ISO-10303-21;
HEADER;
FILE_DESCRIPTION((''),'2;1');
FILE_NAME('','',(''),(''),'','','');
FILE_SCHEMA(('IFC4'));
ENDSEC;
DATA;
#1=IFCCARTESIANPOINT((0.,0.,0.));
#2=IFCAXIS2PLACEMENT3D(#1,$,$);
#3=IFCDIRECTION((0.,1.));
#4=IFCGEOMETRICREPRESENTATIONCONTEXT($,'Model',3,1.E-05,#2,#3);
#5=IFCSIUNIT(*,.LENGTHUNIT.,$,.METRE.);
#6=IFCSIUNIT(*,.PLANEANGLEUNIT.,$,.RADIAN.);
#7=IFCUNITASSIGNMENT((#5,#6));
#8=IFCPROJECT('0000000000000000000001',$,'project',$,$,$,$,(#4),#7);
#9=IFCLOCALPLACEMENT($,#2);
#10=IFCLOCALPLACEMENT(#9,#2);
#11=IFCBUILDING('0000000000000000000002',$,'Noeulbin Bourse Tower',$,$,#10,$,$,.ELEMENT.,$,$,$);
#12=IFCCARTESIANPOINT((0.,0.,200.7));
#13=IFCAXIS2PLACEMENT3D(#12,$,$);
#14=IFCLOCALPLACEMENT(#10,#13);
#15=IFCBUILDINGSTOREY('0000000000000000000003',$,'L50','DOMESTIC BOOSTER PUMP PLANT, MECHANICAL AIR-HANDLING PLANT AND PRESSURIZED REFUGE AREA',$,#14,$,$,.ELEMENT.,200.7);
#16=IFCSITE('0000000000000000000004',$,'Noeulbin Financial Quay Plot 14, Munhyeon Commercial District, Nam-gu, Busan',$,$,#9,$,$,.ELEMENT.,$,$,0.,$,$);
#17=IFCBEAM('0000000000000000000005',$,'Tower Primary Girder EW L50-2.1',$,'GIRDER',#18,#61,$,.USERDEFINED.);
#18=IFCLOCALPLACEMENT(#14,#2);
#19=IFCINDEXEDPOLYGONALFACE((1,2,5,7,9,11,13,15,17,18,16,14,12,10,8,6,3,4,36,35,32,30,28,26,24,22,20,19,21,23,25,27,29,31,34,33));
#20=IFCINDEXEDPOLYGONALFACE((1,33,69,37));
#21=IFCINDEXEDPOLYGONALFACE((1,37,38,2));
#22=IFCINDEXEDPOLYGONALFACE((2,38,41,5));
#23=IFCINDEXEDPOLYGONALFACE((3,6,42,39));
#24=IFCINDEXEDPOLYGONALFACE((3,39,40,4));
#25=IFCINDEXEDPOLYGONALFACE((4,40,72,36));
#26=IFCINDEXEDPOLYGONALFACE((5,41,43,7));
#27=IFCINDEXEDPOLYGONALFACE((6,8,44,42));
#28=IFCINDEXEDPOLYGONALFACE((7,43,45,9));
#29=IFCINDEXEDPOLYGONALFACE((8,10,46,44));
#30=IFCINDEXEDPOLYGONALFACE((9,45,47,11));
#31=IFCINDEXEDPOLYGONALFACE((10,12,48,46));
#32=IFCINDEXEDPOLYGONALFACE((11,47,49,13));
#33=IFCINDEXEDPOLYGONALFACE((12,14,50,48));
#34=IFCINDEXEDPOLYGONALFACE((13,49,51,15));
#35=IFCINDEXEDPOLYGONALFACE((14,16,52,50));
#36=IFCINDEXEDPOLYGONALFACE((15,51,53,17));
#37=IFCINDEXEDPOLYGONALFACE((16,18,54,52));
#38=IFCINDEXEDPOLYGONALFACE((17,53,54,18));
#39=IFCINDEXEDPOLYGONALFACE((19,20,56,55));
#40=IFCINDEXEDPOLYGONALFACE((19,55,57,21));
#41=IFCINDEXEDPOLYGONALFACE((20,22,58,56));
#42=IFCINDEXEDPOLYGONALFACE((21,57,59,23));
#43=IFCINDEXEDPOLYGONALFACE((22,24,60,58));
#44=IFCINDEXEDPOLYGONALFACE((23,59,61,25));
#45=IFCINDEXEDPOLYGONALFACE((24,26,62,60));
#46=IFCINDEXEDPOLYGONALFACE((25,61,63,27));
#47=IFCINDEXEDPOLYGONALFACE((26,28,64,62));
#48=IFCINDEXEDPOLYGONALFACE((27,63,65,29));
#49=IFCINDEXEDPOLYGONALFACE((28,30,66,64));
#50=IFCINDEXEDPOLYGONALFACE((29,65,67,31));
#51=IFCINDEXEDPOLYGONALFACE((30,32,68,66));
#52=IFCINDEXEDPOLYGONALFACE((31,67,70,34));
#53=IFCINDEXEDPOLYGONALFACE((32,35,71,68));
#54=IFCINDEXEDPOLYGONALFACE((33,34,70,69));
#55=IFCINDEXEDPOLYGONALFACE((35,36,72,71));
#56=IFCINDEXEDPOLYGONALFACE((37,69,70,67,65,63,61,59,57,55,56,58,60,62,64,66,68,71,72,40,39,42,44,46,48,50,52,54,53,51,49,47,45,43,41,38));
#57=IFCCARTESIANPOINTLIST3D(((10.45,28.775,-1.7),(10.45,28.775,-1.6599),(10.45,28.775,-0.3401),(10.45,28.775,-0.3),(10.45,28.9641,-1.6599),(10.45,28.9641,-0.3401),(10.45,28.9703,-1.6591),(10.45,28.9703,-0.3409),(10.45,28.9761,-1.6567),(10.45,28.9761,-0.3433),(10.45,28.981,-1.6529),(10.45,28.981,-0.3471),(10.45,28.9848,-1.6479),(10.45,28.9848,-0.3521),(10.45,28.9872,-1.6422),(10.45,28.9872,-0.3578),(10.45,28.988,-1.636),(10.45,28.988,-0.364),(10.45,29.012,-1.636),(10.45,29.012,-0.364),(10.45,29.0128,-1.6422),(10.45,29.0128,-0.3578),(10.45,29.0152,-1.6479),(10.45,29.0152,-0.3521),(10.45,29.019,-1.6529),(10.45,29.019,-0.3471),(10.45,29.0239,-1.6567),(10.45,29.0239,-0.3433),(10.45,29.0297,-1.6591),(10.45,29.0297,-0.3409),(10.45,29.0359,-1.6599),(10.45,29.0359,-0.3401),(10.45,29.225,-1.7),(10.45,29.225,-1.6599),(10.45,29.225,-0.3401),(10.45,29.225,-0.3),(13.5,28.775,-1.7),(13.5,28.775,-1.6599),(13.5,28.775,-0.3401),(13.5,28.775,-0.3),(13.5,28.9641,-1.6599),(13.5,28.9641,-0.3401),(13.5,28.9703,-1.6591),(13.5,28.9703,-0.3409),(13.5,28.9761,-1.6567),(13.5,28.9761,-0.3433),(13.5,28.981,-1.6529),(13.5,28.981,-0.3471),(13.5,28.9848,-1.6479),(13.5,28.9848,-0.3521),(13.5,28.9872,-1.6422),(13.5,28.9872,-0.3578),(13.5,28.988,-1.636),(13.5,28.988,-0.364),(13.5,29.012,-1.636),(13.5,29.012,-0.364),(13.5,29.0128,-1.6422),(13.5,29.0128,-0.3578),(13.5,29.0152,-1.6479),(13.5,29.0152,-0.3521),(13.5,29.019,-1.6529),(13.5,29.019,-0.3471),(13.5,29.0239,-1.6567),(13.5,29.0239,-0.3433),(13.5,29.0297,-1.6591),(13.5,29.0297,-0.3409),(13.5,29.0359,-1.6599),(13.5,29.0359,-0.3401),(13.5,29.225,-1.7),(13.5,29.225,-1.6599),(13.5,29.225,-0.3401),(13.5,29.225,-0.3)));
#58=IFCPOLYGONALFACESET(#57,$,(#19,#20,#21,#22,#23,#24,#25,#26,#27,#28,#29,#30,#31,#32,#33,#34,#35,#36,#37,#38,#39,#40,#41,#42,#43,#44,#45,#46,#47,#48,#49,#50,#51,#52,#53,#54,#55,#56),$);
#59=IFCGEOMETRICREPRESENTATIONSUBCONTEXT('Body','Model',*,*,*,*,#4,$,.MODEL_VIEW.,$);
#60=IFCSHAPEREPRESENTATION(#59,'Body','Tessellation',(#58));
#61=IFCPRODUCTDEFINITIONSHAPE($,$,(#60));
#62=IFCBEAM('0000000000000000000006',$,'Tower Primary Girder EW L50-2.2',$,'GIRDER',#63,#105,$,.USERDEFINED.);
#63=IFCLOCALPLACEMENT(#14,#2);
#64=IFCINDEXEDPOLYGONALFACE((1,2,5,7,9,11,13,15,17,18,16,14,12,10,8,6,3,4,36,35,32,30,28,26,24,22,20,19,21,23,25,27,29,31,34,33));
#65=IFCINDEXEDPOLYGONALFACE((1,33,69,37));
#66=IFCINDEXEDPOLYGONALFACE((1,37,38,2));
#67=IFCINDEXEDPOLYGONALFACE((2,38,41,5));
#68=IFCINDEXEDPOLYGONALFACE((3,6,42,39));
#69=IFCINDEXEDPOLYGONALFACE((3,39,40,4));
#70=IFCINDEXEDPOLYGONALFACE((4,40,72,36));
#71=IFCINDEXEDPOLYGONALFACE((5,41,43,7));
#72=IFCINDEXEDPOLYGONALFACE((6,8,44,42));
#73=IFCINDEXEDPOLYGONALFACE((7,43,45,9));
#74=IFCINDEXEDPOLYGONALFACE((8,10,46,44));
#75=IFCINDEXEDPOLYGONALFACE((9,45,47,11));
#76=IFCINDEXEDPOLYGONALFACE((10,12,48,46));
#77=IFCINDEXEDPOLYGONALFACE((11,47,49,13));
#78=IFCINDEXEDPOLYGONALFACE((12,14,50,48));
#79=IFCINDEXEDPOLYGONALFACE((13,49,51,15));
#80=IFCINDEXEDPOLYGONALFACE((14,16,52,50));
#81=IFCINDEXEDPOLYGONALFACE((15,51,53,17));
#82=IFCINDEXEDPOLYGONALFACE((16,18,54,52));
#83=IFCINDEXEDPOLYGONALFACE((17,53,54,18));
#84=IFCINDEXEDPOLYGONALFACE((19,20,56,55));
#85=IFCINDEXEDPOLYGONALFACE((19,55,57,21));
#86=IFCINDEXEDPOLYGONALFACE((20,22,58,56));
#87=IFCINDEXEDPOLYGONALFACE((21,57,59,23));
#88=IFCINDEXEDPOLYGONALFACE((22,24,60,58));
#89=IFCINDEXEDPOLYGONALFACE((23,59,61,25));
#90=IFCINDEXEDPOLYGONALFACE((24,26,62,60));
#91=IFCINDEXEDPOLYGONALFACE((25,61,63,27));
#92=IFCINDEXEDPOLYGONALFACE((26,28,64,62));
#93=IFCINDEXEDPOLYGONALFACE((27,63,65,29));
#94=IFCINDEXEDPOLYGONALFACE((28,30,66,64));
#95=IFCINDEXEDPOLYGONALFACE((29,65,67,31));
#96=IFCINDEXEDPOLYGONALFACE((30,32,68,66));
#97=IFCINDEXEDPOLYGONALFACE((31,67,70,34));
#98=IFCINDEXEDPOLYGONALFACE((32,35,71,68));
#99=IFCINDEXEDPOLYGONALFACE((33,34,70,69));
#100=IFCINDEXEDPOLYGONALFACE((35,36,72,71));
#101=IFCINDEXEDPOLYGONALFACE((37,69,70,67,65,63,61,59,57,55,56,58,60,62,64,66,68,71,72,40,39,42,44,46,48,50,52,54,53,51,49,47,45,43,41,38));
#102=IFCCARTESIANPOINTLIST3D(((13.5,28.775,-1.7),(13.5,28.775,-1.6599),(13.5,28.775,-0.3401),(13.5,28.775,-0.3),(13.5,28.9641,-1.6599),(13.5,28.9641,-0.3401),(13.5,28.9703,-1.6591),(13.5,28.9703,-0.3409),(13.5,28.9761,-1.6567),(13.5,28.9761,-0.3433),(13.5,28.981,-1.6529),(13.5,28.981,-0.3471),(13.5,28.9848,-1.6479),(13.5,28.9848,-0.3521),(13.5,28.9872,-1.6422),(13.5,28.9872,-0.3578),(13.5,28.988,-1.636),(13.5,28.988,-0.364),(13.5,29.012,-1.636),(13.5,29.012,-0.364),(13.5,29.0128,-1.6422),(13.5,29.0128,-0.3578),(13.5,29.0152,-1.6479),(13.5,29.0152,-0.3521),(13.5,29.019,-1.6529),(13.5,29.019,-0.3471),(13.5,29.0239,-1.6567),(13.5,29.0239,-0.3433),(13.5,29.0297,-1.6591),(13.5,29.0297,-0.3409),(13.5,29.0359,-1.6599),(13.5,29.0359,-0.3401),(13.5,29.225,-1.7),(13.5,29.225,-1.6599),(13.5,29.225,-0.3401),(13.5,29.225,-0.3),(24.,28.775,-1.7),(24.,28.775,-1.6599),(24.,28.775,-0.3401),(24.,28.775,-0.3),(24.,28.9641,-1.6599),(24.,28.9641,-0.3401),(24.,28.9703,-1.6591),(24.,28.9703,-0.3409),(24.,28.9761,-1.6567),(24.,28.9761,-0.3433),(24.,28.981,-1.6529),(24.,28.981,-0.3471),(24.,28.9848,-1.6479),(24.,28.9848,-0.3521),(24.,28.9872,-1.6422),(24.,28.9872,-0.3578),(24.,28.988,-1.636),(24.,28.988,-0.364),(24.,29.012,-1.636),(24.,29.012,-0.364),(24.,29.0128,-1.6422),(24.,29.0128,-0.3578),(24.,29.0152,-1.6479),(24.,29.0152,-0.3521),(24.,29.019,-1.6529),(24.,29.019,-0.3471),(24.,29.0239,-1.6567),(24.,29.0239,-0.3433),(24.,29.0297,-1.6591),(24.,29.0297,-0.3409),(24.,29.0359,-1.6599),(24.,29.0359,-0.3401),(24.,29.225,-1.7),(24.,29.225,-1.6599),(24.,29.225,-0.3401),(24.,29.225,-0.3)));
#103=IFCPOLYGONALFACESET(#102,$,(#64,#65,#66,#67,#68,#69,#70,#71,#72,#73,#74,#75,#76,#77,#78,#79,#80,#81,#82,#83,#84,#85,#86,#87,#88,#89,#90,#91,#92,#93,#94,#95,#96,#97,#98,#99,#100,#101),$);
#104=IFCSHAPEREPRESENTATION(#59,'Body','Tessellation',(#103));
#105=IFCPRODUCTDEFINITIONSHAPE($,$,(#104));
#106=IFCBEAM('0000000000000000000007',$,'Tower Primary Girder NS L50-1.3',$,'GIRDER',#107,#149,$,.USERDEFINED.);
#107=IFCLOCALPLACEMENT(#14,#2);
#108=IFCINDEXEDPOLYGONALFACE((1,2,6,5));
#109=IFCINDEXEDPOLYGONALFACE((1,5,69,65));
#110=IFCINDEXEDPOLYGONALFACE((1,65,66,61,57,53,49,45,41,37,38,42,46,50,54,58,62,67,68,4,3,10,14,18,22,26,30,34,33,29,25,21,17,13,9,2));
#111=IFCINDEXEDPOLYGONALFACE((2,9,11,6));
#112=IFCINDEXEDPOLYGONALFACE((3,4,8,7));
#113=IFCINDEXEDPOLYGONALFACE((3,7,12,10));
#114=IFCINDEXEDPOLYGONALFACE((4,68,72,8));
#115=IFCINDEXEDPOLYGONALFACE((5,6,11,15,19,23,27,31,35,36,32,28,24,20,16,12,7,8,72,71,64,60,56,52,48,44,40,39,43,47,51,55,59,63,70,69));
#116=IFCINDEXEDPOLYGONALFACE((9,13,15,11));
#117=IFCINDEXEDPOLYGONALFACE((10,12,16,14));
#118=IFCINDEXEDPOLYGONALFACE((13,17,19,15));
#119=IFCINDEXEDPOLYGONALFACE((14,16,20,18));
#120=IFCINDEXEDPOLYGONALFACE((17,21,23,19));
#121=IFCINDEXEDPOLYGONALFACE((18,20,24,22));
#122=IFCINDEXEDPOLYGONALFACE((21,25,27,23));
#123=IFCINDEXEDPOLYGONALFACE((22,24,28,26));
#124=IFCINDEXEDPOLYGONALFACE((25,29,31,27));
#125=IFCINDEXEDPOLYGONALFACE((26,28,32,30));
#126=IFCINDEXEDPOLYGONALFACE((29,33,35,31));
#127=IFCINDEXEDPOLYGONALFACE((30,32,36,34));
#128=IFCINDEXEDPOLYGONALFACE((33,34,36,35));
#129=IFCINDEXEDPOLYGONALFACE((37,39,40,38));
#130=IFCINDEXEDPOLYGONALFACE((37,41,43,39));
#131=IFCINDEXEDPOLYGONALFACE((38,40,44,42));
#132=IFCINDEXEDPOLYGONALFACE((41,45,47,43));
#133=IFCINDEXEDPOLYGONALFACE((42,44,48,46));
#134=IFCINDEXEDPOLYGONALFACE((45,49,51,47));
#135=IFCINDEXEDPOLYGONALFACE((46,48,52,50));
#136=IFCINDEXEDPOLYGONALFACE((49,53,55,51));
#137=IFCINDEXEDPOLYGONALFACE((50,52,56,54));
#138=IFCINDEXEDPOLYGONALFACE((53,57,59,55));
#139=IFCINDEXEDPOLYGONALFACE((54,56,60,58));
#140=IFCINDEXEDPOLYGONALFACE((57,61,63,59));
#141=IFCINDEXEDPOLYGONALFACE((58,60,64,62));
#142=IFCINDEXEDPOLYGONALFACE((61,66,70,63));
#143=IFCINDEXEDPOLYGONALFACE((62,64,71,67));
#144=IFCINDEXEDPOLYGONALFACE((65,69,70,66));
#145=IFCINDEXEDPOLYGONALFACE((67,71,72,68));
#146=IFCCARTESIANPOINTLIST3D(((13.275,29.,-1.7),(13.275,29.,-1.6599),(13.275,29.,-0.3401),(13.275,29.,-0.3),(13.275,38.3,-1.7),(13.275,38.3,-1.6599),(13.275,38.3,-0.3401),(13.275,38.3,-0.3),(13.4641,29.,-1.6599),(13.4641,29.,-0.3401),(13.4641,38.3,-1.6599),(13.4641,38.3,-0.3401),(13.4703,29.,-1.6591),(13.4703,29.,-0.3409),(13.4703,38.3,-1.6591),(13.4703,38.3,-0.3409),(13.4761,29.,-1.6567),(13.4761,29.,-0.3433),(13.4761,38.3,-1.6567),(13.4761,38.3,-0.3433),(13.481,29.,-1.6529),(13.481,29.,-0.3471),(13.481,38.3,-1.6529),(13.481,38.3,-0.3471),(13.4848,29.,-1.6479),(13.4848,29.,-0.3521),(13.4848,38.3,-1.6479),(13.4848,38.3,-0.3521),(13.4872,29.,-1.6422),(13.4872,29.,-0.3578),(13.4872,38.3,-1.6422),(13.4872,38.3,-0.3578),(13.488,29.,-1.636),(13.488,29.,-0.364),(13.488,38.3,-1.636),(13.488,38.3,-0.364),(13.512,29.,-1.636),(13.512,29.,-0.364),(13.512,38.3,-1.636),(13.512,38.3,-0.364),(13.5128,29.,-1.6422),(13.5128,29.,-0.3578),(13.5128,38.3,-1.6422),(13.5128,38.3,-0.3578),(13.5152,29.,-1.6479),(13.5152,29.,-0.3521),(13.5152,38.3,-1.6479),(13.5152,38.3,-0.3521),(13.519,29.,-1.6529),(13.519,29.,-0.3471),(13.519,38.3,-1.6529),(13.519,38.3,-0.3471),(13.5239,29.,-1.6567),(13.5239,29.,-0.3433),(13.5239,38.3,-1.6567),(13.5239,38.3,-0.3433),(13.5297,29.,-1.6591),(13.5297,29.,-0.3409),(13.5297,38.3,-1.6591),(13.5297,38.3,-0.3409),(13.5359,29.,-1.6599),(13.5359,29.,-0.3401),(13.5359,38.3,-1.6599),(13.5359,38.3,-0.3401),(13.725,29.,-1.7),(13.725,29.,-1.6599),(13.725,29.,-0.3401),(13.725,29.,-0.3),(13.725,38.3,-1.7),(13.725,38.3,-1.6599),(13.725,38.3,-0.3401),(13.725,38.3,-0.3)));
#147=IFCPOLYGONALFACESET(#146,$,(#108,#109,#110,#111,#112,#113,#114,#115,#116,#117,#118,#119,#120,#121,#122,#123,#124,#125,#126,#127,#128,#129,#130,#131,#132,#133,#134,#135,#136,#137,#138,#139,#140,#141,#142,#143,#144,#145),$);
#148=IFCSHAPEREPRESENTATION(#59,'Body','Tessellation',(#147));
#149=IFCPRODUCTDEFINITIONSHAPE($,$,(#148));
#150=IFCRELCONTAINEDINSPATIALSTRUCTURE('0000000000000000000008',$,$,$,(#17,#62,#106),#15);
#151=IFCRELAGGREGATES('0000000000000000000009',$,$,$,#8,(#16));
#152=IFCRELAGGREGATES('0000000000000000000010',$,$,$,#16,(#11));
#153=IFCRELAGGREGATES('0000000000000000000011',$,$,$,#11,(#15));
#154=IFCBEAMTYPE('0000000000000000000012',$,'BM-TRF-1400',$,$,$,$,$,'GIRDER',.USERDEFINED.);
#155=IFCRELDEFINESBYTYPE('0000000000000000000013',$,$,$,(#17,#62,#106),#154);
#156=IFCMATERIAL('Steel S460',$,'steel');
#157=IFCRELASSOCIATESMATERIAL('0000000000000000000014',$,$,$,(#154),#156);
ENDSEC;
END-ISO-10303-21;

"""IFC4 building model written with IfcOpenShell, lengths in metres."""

from ifc_helpers import new_model, si_unit, direction, frame, origin, origin_2d, place, context, subcontext, project, spatial, i_section, extrude, material, material_profile, profile_set, type_object, element, save


model = new_model("IFC4")

# Units and contexts
model_context = context("Model", 3, precision=1e-05, world=origin(), true_north=direction((0.0, 1.0)))
body_context = subcontext(model_context, "Body", "Model", "MODEL_VIEW")
ifc_project = project(units=[si_unit("LENGTHUNIT", "METRE"), si_unit("PLANEANGLEUNIT", "RADIAN")], contexts=[model_context])

# Site, building, storey
site_placement = place(None, origin())
site = spatial("IfcSite", under=ifc_project, at=site_placement, Name="Noeulbin Financial Quay Plot 14, Munhyeon Commercial District, Nam-gu, Busan", CompositionType="ELEMENT", RefElevation=0.0)
building_placement = place(site_placement, origin())
building = spatial("IfcBuilding", under=site, at=building_placement, Name="Noeulbin Bourse Tower", CompositionType="ELEMENT")
storey_placement = place(building_placement, frame((0.0, 0.0, 200.7)))
storey = spatial("IfcBuildingStorey", under=building, at=storey_placement, Name="L50", Description="DOMESTIC BOOSTER PUMP PLANT, MECHANICAL AIR-HANDLING PLANT AND PRESSURIZED REFUGE AREA", CompositionType="ELEMENT", Elevation=200.7)

# Shared definitions
ifc_material_1 = material(Name="Steel S460", Category="steel")

# Beams
ifc_material_profile_1 = material_profile(ifc_material_1, i_section(OverallWidth=0.45, OverallDepth=1.3999, WebThickness=0.0239, FlangeThickness=0.04, FilletRadius=0.0239, at=origin_2d()), Name="PG-1400x450x24x40", Category="LoadBearing")
ifc_profile_set_1 = profile_set([ifc_material_profile_1], Name="Steel S460")
beam_type_1 = type_object("IfcBeamType", Name="BM-TRF-1400", ElementType="GIRDER", PredefinedType="USERDEFINED", material=ifc_profile_set_1)
beam_1_placement = place(storey_placement, frame((10.45, 29.0, -1.0), z_axis=(1.0, 0.0, 0.0), x_axis=(0.0, 1.0, 0.0)))
element("IfcBeam", 1, at=beam_1_placement, inside=storey, type_object=beam_type_1, Name="Tower Primary Girder EW L50-2.1", ObjectType="GIRDER", PredefinedType="USERDEFINED", context=body_context, shape_type="SweptSolid", body=[
    extrude(i_section(OverallWidth=0.45, OverallDepth=1.3999, WebThickness=0.0239, FlangeThickness=0.04, FilletRadius=0.0239, at=origin_2d()), origin(), (0.0, 0.0, 1.0), 3.05),
])
beam_2_placement = place(storey_placement, frame((13.5, 29.0, -1.0), z_axis=(1.0, 0.0, 0.0), x_axis=(0.0, 1.0, 0.0)))
element("IfcBeam", 2, at=beam_2_placement, inside=storey, type_object=beam_type_1, Name="Tower Primary Girder EW L50-2.2", ObjectType="GIRDER", PredefinedType="USERDEFINED", context=body_context, shape_type="SweptSolid", body=[
    extrude(i_section(OverallWidth=0.45, OverallDepth=1.3999, WebThickness=0.0239, FlangeThickness=0.04, FilletRadius=0.0239, at=origin_2d()), origin(), (0.0, 0.0, 1.0), 10.5),
])
beam_3_placement = place(storey_placement, frame((13.5, 29.0, -1.0), z_axis=(0.0, 1.0, 0.0), x_axis=(-1.0, 0.0, 0.0)))
element("IfcBeam", 3, at=beam_3_placement, inside=storey, type_object=beam_type_1, Name="Tower Primary Girder NS L50-1.3", ObjectType="GIRDER", PredefinedType="USERDEFINED", context=body_context, shape_type="SweptSolid", body=[
    extrude(i_section(OverallWidth=0.45, OverallDepth=1.3999, WebThickness=0.0239, FlangeThickness=0.04, FilletRadius=0.0239, at=origin_2d()), origin(), (0.0, 0.0, 1.0), 9.3),
])

save(model, "model.ifc")
